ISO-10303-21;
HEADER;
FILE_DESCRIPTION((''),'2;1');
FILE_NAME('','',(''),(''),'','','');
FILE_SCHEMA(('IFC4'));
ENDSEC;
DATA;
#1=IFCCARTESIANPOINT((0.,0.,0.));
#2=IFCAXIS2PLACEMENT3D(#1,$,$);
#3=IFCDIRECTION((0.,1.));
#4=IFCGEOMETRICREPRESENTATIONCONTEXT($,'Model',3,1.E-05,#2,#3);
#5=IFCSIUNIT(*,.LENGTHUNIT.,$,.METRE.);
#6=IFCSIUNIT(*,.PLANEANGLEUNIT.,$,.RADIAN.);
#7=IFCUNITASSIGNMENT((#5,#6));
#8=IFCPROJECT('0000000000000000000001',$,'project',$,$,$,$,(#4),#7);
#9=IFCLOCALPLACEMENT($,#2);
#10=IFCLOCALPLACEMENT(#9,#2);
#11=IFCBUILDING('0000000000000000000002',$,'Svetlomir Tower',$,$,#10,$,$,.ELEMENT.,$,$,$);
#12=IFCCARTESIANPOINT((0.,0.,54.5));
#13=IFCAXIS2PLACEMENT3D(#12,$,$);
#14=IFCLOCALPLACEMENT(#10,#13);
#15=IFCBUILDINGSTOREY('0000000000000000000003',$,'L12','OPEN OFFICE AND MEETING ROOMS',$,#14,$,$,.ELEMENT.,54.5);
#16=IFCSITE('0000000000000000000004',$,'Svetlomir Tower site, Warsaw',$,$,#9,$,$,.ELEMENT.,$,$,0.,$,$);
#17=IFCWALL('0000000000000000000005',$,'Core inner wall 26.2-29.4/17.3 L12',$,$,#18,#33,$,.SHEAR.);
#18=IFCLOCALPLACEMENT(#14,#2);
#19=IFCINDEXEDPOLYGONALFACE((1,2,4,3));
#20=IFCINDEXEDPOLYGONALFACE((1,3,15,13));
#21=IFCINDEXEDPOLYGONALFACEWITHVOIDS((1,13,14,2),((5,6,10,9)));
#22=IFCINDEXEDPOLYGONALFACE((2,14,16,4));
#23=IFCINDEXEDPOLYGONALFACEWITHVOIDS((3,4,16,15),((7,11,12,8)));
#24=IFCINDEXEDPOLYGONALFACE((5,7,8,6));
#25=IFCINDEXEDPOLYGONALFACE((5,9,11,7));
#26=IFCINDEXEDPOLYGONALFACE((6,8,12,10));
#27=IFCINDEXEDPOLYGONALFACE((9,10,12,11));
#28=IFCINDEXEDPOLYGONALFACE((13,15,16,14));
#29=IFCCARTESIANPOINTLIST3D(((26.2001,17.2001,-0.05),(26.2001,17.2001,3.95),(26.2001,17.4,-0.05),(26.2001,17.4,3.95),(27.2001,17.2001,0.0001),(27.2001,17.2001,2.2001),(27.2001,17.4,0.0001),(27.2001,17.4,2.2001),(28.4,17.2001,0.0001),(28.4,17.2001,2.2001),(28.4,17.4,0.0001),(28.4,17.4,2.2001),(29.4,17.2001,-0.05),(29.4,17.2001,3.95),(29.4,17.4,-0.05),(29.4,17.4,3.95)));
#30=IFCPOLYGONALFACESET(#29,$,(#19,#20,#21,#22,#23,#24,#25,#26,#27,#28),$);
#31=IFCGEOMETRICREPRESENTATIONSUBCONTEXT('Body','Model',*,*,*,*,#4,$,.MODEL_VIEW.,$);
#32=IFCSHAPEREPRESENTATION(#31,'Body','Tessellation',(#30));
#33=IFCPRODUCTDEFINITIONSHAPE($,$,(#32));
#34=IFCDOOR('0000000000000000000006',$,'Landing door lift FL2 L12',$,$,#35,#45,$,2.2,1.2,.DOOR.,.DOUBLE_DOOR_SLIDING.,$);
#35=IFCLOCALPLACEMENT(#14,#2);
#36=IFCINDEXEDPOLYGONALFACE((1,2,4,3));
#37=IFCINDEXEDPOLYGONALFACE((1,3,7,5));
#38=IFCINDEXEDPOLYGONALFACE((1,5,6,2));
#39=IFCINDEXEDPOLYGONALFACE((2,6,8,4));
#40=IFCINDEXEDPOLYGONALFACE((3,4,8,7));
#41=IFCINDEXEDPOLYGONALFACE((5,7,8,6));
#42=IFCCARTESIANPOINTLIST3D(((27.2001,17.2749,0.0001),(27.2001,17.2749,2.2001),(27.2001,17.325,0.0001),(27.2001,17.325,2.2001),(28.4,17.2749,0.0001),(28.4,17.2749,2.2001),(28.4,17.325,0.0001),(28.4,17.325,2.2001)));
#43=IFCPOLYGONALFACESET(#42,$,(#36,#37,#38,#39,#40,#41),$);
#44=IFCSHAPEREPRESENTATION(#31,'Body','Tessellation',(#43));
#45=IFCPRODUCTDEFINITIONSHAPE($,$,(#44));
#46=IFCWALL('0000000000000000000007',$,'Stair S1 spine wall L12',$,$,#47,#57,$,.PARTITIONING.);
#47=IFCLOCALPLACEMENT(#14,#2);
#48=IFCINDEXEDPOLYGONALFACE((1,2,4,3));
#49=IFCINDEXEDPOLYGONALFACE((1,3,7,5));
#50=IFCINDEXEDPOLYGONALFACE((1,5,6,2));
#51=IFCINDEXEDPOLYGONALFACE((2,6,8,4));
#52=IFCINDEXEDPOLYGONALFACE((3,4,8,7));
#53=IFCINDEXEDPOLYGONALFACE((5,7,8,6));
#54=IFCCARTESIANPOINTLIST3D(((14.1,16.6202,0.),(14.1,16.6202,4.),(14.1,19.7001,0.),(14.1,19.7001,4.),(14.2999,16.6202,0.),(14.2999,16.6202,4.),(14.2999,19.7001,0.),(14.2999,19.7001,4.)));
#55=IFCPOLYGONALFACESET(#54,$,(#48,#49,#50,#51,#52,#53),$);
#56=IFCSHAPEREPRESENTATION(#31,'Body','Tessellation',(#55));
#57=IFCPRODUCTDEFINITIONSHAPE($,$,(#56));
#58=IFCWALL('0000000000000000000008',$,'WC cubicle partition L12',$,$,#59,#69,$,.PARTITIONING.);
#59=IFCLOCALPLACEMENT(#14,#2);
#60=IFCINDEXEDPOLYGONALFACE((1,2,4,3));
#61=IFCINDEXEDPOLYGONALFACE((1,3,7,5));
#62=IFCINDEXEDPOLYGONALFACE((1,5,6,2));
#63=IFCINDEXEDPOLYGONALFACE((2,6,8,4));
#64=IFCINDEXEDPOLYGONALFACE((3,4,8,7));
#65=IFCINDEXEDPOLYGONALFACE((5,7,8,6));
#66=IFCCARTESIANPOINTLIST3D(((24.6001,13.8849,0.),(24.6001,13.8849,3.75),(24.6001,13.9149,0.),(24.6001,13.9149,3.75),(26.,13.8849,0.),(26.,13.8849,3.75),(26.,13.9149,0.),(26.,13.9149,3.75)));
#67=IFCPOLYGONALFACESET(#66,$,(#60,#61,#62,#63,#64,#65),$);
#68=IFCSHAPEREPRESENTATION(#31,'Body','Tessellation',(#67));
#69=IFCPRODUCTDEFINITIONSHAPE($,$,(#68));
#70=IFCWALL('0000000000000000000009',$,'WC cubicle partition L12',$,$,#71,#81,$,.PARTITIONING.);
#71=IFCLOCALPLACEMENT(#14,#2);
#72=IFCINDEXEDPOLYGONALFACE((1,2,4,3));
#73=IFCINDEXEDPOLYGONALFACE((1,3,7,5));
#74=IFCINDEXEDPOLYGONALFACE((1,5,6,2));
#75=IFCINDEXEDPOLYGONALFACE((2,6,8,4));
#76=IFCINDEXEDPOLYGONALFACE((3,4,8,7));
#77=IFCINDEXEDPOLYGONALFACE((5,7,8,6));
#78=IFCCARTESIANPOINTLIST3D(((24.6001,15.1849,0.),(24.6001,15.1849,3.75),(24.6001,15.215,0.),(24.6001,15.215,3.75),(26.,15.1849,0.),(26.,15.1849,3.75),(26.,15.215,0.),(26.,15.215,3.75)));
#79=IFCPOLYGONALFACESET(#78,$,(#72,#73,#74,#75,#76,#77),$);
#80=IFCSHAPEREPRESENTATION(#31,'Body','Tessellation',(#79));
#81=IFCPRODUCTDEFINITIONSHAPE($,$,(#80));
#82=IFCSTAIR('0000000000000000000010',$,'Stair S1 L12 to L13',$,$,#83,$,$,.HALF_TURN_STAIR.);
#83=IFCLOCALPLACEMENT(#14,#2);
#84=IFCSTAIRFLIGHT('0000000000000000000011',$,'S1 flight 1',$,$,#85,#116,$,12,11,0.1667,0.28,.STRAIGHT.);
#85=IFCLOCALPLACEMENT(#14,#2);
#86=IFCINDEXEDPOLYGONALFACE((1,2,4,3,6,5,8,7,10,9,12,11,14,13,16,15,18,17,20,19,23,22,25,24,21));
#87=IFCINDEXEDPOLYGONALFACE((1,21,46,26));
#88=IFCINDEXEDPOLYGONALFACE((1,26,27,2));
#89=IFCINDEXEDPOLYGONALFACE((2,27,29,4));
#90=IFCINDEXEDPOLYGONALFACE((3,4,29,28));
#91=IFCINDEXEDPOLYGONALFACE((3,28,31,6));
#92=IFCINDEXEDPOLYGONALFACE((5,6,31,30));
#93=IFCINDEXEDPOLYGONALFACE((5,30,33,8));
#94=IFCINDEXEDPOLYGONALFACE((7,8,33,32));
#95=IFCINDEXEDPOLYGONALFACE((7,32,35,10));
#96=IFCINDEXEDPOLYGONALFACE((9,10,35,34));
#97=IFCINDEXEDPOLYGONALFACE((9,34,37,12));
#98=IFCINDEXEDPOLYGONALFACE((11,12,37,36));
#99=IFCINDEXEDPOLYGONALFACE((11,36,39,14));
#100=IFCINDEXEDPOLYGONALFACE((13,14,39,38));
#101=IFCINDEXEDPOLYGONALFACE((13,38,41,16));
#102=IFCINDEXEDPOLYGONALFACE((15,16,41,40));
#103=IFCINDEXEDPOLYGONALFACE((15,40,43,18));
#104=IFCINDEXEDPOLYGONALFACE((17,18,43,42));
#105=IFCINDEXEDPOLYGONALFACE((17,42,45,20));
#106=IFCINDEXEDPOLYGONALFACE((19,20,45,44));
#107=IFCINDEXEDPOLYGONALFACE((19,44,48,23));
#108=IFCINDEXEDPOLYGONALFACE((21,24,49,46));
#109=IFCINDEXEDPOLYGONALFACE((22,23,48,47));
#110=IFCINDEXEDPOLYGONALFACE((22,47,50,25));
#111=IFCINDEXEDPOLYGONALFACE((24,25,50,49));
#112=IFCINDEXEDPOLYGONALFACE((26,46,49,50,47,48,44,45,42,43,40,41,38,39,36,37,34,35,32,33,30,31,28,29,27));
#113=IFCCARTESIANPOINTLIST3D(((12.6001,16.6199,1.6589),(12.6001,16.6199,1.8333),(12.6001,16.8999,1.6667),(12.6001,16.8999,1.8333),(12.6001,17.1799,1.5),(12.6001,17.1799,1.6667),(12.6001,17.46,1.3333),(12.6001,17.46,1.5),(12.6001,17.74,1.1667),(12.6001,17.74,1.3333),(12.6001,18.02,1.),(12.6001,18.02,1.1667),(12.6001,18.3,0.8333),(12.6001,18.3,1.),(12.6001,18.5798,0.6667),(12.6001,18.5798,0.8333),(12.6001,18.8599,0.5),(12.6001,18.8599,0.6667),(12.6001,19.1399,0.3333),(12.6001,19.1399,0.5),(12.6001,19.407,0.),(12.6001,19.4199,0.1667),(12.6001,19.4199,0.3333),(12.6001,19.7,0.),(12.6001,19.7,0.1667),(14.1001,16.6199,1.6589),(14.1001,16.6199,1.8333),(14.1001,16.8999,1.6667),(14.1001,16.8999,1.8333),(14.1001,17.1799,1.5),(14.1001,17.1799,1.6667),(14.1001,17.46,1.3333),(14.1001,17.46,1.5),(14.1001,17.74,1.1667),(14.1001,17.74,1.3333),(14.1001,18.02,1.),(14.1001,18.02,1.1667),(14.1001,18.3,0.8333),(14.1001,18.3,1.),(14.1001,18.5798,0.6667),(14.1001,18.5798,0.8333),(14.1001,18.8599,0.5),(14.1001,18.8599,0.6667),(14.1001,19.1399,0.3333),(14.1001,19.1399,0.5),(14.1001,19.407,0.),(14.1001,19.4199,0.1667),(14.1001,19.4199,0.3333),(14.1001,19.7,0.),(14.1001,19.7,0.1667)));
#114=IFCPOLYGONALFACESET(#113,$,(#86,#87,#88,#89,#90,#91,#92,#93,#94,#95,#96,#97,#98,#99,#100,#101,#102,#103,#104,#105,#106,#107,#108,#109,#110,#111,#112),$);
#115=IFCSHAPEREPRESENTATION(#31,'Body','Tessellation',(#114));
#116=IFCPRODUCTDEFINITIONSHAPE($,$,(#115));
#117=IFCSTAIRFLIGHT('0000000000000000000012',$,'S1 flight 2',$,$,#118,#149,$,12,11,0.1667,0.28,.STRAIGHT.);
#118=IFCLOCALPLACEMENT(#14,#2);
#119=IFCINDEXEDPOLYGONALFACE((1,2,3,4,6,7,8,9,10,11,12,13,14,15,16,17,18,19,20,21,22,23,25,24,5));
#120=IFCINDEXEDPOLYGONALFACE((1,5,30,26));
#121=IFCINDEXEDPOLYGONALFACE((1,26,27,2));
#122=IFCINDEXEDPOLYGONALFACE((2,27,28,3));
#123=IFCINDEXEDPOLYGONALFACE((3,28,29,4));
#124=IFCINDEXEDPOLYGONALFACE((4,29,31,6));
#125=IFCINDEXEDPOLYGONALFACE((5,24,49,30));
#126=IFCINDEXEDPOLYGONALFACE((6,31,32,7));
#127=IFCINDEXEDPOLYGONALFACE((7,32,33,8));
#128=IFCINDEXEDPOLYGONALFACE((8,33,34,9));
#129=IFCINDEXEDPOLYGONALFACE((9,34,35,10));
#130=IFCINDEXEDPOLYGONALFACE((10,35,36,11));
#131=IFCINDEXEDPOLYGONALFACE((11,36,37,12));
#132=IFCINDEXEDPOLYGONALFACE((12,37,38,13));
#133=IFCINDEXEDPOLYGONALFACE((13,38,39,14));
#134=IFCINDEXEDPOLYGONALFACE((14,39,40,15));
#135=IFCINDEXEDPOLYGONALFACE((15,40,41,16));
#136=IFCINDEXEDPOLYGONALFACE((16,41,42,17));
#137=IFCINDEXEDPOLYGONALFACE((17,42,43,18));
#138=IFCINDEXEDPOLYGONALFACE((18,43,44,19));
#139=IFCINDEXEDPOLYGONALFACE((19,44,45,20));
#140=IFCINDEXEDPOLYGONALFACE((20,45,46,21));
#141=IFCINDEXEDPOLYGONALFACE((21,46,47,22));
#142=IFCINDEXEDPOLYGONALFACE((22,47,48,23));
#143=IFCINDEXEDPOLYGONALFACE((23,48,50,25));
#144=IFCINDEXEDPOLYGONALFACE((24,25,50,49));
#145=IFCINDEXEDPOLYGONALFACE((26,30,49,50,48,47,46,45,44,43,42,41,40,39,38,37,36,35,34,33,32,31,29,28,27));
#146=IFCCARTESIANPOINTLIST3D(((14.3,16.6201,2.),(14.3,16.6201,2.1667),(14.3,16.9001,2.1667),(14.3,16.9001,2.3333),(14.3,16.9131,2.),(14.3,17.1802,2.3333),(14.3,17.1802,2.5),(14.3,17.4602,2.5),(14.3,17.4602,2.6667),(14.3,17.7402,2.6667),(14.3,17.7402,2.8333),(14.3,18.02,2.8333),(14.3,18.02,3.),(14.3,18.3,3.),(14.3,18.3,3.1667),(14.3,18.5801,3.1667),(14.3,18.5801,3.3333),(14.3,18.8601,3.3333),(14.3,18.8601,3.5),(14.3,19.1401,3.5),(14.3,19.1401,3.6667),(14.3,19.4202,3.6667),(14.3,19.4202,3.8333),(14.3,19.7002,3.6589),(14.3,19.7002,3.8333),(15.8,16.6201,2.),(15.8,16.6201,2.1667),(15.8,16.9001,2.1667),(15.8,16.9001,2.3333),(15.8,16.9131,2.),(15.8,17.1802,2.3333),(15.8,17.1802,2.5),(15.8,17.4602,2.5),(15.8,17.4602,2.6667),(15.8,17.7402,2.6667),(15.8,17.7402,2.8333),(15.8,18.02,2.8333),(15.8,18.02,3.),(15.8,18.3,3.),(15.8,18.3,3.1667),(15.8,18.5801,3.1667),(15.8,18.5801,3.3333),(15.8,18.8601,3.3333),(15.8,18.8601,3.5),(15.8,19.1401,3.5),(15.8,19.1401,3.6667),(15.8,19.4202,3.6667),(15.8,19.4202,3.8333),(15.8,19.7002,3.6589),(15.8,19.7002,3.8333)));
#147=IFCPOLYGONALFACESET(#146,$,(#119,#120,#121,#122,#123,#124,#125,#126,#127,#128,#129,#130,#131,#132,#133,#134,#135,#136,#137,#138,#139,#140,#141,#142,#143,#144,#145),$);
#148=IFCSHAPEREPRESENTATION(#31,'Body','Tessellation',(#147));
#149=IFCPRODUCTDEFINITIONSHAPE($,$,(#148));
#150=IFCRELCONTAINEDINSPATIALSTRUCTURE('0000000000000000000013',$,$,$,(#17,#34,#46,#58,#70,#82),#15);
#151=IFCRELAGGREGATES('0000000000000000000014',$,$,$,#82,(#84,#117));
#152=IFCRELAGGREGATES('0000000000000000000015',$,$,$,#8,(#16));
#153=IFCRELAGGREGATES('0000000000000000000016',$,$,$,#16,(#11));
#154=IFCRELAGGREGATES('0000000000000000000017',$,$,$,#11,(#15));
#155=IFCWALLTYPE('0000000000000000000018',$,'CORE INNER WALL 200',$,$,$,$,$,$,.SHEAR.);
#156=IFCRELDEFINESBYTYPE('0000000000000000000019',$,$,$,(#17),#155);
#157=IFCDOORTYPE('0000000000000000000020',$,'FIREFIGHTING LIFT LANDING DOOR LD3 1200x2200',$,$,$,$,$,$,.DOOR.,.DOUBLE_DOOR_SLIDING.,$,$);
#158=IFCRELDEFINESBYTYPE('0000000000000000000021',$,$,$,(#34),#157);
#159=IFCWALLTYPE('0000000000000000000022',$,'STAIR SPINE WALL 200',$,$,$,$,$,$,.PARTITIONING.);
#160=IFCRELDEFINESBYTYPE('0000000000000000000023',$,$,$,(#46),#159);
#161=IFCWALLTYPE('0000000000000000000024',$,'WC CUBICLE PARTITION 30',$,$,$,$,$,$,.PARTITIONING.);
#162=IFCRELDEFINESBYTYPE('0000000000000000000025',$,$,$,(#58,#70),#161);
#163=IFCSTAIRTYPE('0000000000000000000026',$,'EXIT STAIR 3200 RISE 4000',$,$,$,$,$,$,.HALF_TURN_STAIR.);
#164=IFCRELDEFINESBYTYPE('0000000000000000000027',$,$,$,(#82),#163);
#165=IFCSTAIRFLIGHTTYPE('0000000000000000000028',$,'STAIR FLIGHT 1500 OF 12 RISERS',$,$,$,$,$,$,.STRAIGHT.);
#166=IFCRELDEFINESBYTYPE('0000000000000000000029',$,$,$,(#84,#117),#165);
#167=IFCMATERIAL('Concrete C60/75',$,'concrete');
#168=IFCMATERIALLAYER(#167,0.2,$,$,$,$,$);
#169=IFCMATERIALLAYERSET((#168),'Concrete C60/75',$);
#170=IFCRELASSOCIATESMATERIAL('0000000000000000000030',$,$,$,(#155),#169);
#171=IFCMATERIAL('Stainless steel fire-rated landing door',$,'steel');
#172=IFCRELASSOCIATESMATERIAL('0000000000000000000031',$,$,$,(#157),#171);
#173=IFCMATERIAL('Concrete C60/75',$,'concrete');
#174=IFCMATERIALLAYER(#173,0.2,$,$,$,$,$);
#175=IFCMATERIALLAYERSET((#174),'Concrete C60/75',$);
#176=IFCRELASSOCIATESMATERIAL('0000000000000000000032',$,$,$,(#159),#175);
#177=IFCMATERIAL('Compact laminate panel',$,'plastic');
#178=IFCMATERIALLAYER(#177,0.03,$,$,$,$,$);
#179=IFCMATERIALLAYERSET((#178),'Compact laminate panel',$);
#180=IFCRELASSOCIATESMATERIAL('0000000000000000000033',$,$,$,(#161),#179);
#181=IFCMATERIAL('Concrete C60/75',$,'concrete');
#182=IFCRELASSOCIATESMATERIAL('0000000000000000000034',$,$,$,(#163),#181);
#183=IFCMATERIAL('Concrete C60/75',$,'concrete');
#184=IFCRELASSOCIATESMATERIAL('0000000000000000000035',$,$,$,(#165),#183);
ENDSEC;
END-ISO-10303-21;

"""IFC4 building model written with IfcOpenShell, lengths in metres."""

from ifc_helpers import new_model, si_unit, direction, frame, frame_2d, origin, place, context, subcontext, project, spatial, polyline, rectangle, outline, extrude, material, layer, layer_set, type_object, element, fill, aggregate, save


model = new_model("IFC4")

# Units and contexts
model_context = context("Model", 3, precision=1e-05, world=origin(), true_north=direction((0.0, 1.0)))
body_context = subcontext(model_context, "Body", "Model", "MODEL_VIEW")
ifc_project = project(units=[si_unit("LENGTHUNIT", "METRE"), si_unit("PLANEANGLEUNIT", "RADIAN")], contexts=[model_context])

# Site, building, storey
site_placement = place(None, origin())
site = spatial("IfcSite", under=ifc_project, at=site_placement, Name="Svetlomir Tower site, Warsaw", CompositionType="ELEMENT", RefElevation=0.0)
building_placement = place(site_placement, origin())
building = spatial("IfcBuilding", under=site, at=building_placement, Name="Svetlomir Tower", CompositionType="ELEMENT")
storey_placement = place(building_placement, frame((0.0, 0.0, 54.5)))
storey = spatial("IfcBuildingStorey", under=building, at=storey_placement, Name="L12", Description="OPEN OFFICE AND MEETING ROOMS", CompositionType="ELEMENT", Elevation=54.5)

# Shared definitions
ifc_material_1 = material(Name="Concrete C60/75", Category="concrete")
ifc_layer_1 = layer(ifc_material_1, 0.2)
ifc_layer_set_1 = layer_set([ifc_layer_1], Name="Concrete C60/75")
wall_type_1 = type_object("IfcWallType", Name="CORE INNER WALL 200", PredefinedType="SHEAR", material=ifc_layer_set_1)

# Wall, opening, door
wall_1_placement = place(storey_placement, frame((26.2, 17.3, -0.05), z_axis=(0.0, 0.0, 1.0), x_axis=(1.0, 0.0, 0.0)))
wall_1 = element("IfcWall", 1, at=wall_1_placement, inside=storey, type_object=wall_type_1, Name="Core inner wall 26.2-29.4/17.3 L12", PredefinedType="SHEAR", context=body_context, shape_type="SweptSolid", body=[
    extrude(rectangle(XDim=3.2, YDim=0.2, at=frame_2d((1.6001, 0.0))), origin(), (0.0, 0.0, 1.0), 4.0),
])
opening_1_placement = place(wall_1_placement, frame((1.0, 0.0, 0.05)))
opening_1 = element("IfcOpeningElement", 2, at=opening_1_placement, cuts=wall_1, PredefinedType="OPENING", context=body_context, shape_type="SweptSolid", body=[
    extrude(rectangle(XDim=1.2, YDim=2.2, at=frame_2d((0.6001, 1.1001))), frame((0.0, 0.1099, 0.0), z_axis=(0.0, -1.0, 0.0), x_axis=(1.0, 0.0, 0.0)), (0.0, 0.0, 1.0), 0.22),
])
ifc_material_2 = material(Name="Stainless steel fire-rated landing door", Category="steel")
door_type_1 = type_object("IfcDoorType", Name="FIREFIGHTING LIFT LANDING DOOR LD3 1200x2200", OperationType="DOUBLE_DOOR_SLIDING", PredefinedType="DOOR", material=ifc_material_2)
door_1_placement = place(opening_1_placement, origin())
door_1 = element("IfcDoor", 3, at=door_1_placement, inside=storey, type_object=door_type_1, Name="Landing door lift FL2 L12", OperationType="DOUBLE_DOOR_SLIDING", OverallHeight=2.2, OverallWidth=1.2, PredefinedType="DOOR", context=body_context, shape_type="SweptSolid", body=[
    extrude(rectangle(XDim=1.2, YDim=2.2, at=frame_2d((0.6001, 1.1001))), frame((0.0, 0.0249, 0.0), z_axis=(0.0, -1.0, 0.0), x_axis=(1.0, 0.0, 0.0)), (0.0, 0.0, 1.0), 0.05),
])
fill(opening_1, door_1)

# Walls
ifc_material_3 = material(Name="Concrete C60/75", Category="concrete")
ifc_layer_2 = layer(ifc_material_3, 0.2)
ifc_layer_set_2 = layer_set([ifc_layer_2], Name="Concrete C60/75")
wall_type_2 = type_object("IfcWallType", Name="STAIR SPINE WALL 200", PredefinedType="PARTITIONING", material=ifc_layer_set_2)
wall_2_placement = place(storey_placement, frame((14.2, 16.6201, 0.0), z_axis=(0.0, 0.0, 1.0), x_axis=(0.0, 1.0, 0.0)))
element("IfcWall", 4, at=wall_2_placement, inside=storey, type_object=wall_type_2, Name="Stair S1 spine wall L12", PredefinedType="PARTITIONING", context=body_context, shape_type="SweptSolid", body=[
    extrude(rectangle(XDim=3.0798, YDim=0.2, at=frame_2d((1.54, 0.0))), origin(), (0.0, 0.0, 1.0), 4.0),
])
ifc_material_4 = material(Name="Compact laminate panel", Category="plastic")
ifc_layer_3 = layer(ifc_material_4, 0.03)
ifc_layer_set_3 = layer_set([ifc_layer_3], Name="Compact laminate panel")
wall_type_3 = type_object("IfcWallType", Name="WC CUBICLE PARTITION 30", PredefinedType="PARTITIONING", material=ifc_layer_set_3)
for number, where, z_axis, x_axis, name in (
    (5, (24.6001, 13.8999, 0.0), (0.0, 0.0, 1.0), (1.0, 0.0, 0.0), "WC cubicle partition L12"),
    (6, (24.6001, 15.2, 0.0), (0.0, 0.0, 1.0), (1.0, 0.0, 0.0), "WC cubicle partition L12"),
):
    element("IfcWall", number, at=place(storey_placement, frame(where, z_axis=z_axis, x_axis=x_axis)), inside=storey, type_object=wall_type_3, Name=name, PredefinedType="PARTITIONING", context=body_context, shape_type="SweptSolid", body=[
        extrude(rectangle(XDim=1.3999, YDim=0.03, at=frame_2d((0.7, 0.0))), origin(), (0.0, 0.0, 1.0), 3.75),
    ])

# Stair, stair flights
ifc_material_5 = material(Name="Concrete C60/75", Category="concrete")
stair_type = type_object("IfcStairType", Name="EXIT STAIR 3200 RISE 4000", PredefinedType="HALF_TURN_STAIR", material=ifc_material_5)
stair_placement = place(storey_placement, origin())
stair = element("IfcStair", 7, at=stair_placement, inside=storey, type_object=stair_type, Name="Stair S1 L12 to L13", PredefinedType="HALF_TURN_STAIR")
ifc_material_6 = material(Name="Concrete C60/75", Category="concrete")
stair_flight_type = type_object("IfcStairFlightType", Name="STAIR FLIGHT 1500 OF 12 RISERS", PredefinedType="STRAIGHT", material=ifc_material_6)
stair_flight_1_placement = place(storey_placement, frame((13.3501, 19.7, 0.0), z_axis=(0.0, 0.0, 1.0), x_axis=(0.0, -1.0, 0.0)))
stair_flight_1 = element("IfcStairFlight", 8, at=stair_flight_1_placement, type_object=stair_flight_type, Name="S1 flight 1", NumberOfRisers=12, NumberOfTreads=11, PredefinedType="STRAIGHT", RiserHeight=0.1667, TreadLength=0.28, context=body_context, shape_type="SweptSolid", body=[
    extrude(outline(polyline([(0.0, 0.0), (0.0, 0.1667), (0.28, 0.1667), (0.28, 0.3333), (0.5601, 0.3333), (0.5601, 0.5), (0.8401, 0.5), (0.8401, 0.6667), (1.1201, 0.6667), (1.1201, 0.8333), (1.3999, 0.8333), (1.3999, 1.0), (1.6799, 1.0), (1.6799, 1.1667), (1.96, 1.1667), (1.96, 1.3333), (2.24, 1.3333), (2.24, 1.5), (2.52, 1.5), (2.52, 1.6667), (2.8, 1.6667), (2.8, 1.8333), (3.0801, 1.8333), (3.0801, 2.0), (3.0801, 1.6589), (0.293, 0.0), (0.0, 0.0)])), frame((0.0, 0.75, 0.0), z_axis=(0.0, -1.0, 0.0), x_axis=(1.0, 0.0, 0.0)), (0.0, 0.0, 1.0), 1.5),
])
stair_flight_2_placement = place(storey_placement, frame((15.05, 16.6201, 2.0), z_axis=(0.0, 0.0, 1.0), x_axis=(0.0, 1.0, 0.0)))
stair_flight_2 = element("IfcStairFlight", 9, at=stair_flight_2_placement, type_object=stair_flight_type, Name="S1 flight 2", NumberOfRisers=12, NumberOfTreads=11, PredefinedType="STRAIGHT", RiserHeight=0.1667, TreadLength=0.28, context=body_context, shape_type="SweptSolid", body=[
    extrude(outline(polyline([(0.0, 0.0), (0.0, 0.1667), (0.28, 0.1667), (0.28, 0.3333), (0.5601, 0.3333), (0.5601, 0.5), (0.8401, 0.5), (0.8401, 0.6667), (1.1201, 0.6667), (1.1201, 0.8333), (1.3999, 0.8333), (1.3999, 1.0), (1.6799, 1.0), (1.6799, 1.1667), (1.96, 1.1667), (1.96, 1.3333), (2.24, 1.3333), (2.24, 1.5), (2.52, 1.5), (2.52, 1.6667), (2.8, 1.6667), (2.8, 1.8333), (3.0801, 1.8333), (3.0801, 2.0), (3.0801, 1.6589), (0.293, 0.0), (0.0, 0.0)])), frame((0.0, 0.75, 0.0), z_axis=(0.0, -1.0, 0.0), x_axis=(1.0, 0.0, 0.0)), (0.0, 0.0, 1.0), 1.5),
])
aggregate(stair, [stair_flight_1, stair_flight_2])

save(model, "model.ifc")
